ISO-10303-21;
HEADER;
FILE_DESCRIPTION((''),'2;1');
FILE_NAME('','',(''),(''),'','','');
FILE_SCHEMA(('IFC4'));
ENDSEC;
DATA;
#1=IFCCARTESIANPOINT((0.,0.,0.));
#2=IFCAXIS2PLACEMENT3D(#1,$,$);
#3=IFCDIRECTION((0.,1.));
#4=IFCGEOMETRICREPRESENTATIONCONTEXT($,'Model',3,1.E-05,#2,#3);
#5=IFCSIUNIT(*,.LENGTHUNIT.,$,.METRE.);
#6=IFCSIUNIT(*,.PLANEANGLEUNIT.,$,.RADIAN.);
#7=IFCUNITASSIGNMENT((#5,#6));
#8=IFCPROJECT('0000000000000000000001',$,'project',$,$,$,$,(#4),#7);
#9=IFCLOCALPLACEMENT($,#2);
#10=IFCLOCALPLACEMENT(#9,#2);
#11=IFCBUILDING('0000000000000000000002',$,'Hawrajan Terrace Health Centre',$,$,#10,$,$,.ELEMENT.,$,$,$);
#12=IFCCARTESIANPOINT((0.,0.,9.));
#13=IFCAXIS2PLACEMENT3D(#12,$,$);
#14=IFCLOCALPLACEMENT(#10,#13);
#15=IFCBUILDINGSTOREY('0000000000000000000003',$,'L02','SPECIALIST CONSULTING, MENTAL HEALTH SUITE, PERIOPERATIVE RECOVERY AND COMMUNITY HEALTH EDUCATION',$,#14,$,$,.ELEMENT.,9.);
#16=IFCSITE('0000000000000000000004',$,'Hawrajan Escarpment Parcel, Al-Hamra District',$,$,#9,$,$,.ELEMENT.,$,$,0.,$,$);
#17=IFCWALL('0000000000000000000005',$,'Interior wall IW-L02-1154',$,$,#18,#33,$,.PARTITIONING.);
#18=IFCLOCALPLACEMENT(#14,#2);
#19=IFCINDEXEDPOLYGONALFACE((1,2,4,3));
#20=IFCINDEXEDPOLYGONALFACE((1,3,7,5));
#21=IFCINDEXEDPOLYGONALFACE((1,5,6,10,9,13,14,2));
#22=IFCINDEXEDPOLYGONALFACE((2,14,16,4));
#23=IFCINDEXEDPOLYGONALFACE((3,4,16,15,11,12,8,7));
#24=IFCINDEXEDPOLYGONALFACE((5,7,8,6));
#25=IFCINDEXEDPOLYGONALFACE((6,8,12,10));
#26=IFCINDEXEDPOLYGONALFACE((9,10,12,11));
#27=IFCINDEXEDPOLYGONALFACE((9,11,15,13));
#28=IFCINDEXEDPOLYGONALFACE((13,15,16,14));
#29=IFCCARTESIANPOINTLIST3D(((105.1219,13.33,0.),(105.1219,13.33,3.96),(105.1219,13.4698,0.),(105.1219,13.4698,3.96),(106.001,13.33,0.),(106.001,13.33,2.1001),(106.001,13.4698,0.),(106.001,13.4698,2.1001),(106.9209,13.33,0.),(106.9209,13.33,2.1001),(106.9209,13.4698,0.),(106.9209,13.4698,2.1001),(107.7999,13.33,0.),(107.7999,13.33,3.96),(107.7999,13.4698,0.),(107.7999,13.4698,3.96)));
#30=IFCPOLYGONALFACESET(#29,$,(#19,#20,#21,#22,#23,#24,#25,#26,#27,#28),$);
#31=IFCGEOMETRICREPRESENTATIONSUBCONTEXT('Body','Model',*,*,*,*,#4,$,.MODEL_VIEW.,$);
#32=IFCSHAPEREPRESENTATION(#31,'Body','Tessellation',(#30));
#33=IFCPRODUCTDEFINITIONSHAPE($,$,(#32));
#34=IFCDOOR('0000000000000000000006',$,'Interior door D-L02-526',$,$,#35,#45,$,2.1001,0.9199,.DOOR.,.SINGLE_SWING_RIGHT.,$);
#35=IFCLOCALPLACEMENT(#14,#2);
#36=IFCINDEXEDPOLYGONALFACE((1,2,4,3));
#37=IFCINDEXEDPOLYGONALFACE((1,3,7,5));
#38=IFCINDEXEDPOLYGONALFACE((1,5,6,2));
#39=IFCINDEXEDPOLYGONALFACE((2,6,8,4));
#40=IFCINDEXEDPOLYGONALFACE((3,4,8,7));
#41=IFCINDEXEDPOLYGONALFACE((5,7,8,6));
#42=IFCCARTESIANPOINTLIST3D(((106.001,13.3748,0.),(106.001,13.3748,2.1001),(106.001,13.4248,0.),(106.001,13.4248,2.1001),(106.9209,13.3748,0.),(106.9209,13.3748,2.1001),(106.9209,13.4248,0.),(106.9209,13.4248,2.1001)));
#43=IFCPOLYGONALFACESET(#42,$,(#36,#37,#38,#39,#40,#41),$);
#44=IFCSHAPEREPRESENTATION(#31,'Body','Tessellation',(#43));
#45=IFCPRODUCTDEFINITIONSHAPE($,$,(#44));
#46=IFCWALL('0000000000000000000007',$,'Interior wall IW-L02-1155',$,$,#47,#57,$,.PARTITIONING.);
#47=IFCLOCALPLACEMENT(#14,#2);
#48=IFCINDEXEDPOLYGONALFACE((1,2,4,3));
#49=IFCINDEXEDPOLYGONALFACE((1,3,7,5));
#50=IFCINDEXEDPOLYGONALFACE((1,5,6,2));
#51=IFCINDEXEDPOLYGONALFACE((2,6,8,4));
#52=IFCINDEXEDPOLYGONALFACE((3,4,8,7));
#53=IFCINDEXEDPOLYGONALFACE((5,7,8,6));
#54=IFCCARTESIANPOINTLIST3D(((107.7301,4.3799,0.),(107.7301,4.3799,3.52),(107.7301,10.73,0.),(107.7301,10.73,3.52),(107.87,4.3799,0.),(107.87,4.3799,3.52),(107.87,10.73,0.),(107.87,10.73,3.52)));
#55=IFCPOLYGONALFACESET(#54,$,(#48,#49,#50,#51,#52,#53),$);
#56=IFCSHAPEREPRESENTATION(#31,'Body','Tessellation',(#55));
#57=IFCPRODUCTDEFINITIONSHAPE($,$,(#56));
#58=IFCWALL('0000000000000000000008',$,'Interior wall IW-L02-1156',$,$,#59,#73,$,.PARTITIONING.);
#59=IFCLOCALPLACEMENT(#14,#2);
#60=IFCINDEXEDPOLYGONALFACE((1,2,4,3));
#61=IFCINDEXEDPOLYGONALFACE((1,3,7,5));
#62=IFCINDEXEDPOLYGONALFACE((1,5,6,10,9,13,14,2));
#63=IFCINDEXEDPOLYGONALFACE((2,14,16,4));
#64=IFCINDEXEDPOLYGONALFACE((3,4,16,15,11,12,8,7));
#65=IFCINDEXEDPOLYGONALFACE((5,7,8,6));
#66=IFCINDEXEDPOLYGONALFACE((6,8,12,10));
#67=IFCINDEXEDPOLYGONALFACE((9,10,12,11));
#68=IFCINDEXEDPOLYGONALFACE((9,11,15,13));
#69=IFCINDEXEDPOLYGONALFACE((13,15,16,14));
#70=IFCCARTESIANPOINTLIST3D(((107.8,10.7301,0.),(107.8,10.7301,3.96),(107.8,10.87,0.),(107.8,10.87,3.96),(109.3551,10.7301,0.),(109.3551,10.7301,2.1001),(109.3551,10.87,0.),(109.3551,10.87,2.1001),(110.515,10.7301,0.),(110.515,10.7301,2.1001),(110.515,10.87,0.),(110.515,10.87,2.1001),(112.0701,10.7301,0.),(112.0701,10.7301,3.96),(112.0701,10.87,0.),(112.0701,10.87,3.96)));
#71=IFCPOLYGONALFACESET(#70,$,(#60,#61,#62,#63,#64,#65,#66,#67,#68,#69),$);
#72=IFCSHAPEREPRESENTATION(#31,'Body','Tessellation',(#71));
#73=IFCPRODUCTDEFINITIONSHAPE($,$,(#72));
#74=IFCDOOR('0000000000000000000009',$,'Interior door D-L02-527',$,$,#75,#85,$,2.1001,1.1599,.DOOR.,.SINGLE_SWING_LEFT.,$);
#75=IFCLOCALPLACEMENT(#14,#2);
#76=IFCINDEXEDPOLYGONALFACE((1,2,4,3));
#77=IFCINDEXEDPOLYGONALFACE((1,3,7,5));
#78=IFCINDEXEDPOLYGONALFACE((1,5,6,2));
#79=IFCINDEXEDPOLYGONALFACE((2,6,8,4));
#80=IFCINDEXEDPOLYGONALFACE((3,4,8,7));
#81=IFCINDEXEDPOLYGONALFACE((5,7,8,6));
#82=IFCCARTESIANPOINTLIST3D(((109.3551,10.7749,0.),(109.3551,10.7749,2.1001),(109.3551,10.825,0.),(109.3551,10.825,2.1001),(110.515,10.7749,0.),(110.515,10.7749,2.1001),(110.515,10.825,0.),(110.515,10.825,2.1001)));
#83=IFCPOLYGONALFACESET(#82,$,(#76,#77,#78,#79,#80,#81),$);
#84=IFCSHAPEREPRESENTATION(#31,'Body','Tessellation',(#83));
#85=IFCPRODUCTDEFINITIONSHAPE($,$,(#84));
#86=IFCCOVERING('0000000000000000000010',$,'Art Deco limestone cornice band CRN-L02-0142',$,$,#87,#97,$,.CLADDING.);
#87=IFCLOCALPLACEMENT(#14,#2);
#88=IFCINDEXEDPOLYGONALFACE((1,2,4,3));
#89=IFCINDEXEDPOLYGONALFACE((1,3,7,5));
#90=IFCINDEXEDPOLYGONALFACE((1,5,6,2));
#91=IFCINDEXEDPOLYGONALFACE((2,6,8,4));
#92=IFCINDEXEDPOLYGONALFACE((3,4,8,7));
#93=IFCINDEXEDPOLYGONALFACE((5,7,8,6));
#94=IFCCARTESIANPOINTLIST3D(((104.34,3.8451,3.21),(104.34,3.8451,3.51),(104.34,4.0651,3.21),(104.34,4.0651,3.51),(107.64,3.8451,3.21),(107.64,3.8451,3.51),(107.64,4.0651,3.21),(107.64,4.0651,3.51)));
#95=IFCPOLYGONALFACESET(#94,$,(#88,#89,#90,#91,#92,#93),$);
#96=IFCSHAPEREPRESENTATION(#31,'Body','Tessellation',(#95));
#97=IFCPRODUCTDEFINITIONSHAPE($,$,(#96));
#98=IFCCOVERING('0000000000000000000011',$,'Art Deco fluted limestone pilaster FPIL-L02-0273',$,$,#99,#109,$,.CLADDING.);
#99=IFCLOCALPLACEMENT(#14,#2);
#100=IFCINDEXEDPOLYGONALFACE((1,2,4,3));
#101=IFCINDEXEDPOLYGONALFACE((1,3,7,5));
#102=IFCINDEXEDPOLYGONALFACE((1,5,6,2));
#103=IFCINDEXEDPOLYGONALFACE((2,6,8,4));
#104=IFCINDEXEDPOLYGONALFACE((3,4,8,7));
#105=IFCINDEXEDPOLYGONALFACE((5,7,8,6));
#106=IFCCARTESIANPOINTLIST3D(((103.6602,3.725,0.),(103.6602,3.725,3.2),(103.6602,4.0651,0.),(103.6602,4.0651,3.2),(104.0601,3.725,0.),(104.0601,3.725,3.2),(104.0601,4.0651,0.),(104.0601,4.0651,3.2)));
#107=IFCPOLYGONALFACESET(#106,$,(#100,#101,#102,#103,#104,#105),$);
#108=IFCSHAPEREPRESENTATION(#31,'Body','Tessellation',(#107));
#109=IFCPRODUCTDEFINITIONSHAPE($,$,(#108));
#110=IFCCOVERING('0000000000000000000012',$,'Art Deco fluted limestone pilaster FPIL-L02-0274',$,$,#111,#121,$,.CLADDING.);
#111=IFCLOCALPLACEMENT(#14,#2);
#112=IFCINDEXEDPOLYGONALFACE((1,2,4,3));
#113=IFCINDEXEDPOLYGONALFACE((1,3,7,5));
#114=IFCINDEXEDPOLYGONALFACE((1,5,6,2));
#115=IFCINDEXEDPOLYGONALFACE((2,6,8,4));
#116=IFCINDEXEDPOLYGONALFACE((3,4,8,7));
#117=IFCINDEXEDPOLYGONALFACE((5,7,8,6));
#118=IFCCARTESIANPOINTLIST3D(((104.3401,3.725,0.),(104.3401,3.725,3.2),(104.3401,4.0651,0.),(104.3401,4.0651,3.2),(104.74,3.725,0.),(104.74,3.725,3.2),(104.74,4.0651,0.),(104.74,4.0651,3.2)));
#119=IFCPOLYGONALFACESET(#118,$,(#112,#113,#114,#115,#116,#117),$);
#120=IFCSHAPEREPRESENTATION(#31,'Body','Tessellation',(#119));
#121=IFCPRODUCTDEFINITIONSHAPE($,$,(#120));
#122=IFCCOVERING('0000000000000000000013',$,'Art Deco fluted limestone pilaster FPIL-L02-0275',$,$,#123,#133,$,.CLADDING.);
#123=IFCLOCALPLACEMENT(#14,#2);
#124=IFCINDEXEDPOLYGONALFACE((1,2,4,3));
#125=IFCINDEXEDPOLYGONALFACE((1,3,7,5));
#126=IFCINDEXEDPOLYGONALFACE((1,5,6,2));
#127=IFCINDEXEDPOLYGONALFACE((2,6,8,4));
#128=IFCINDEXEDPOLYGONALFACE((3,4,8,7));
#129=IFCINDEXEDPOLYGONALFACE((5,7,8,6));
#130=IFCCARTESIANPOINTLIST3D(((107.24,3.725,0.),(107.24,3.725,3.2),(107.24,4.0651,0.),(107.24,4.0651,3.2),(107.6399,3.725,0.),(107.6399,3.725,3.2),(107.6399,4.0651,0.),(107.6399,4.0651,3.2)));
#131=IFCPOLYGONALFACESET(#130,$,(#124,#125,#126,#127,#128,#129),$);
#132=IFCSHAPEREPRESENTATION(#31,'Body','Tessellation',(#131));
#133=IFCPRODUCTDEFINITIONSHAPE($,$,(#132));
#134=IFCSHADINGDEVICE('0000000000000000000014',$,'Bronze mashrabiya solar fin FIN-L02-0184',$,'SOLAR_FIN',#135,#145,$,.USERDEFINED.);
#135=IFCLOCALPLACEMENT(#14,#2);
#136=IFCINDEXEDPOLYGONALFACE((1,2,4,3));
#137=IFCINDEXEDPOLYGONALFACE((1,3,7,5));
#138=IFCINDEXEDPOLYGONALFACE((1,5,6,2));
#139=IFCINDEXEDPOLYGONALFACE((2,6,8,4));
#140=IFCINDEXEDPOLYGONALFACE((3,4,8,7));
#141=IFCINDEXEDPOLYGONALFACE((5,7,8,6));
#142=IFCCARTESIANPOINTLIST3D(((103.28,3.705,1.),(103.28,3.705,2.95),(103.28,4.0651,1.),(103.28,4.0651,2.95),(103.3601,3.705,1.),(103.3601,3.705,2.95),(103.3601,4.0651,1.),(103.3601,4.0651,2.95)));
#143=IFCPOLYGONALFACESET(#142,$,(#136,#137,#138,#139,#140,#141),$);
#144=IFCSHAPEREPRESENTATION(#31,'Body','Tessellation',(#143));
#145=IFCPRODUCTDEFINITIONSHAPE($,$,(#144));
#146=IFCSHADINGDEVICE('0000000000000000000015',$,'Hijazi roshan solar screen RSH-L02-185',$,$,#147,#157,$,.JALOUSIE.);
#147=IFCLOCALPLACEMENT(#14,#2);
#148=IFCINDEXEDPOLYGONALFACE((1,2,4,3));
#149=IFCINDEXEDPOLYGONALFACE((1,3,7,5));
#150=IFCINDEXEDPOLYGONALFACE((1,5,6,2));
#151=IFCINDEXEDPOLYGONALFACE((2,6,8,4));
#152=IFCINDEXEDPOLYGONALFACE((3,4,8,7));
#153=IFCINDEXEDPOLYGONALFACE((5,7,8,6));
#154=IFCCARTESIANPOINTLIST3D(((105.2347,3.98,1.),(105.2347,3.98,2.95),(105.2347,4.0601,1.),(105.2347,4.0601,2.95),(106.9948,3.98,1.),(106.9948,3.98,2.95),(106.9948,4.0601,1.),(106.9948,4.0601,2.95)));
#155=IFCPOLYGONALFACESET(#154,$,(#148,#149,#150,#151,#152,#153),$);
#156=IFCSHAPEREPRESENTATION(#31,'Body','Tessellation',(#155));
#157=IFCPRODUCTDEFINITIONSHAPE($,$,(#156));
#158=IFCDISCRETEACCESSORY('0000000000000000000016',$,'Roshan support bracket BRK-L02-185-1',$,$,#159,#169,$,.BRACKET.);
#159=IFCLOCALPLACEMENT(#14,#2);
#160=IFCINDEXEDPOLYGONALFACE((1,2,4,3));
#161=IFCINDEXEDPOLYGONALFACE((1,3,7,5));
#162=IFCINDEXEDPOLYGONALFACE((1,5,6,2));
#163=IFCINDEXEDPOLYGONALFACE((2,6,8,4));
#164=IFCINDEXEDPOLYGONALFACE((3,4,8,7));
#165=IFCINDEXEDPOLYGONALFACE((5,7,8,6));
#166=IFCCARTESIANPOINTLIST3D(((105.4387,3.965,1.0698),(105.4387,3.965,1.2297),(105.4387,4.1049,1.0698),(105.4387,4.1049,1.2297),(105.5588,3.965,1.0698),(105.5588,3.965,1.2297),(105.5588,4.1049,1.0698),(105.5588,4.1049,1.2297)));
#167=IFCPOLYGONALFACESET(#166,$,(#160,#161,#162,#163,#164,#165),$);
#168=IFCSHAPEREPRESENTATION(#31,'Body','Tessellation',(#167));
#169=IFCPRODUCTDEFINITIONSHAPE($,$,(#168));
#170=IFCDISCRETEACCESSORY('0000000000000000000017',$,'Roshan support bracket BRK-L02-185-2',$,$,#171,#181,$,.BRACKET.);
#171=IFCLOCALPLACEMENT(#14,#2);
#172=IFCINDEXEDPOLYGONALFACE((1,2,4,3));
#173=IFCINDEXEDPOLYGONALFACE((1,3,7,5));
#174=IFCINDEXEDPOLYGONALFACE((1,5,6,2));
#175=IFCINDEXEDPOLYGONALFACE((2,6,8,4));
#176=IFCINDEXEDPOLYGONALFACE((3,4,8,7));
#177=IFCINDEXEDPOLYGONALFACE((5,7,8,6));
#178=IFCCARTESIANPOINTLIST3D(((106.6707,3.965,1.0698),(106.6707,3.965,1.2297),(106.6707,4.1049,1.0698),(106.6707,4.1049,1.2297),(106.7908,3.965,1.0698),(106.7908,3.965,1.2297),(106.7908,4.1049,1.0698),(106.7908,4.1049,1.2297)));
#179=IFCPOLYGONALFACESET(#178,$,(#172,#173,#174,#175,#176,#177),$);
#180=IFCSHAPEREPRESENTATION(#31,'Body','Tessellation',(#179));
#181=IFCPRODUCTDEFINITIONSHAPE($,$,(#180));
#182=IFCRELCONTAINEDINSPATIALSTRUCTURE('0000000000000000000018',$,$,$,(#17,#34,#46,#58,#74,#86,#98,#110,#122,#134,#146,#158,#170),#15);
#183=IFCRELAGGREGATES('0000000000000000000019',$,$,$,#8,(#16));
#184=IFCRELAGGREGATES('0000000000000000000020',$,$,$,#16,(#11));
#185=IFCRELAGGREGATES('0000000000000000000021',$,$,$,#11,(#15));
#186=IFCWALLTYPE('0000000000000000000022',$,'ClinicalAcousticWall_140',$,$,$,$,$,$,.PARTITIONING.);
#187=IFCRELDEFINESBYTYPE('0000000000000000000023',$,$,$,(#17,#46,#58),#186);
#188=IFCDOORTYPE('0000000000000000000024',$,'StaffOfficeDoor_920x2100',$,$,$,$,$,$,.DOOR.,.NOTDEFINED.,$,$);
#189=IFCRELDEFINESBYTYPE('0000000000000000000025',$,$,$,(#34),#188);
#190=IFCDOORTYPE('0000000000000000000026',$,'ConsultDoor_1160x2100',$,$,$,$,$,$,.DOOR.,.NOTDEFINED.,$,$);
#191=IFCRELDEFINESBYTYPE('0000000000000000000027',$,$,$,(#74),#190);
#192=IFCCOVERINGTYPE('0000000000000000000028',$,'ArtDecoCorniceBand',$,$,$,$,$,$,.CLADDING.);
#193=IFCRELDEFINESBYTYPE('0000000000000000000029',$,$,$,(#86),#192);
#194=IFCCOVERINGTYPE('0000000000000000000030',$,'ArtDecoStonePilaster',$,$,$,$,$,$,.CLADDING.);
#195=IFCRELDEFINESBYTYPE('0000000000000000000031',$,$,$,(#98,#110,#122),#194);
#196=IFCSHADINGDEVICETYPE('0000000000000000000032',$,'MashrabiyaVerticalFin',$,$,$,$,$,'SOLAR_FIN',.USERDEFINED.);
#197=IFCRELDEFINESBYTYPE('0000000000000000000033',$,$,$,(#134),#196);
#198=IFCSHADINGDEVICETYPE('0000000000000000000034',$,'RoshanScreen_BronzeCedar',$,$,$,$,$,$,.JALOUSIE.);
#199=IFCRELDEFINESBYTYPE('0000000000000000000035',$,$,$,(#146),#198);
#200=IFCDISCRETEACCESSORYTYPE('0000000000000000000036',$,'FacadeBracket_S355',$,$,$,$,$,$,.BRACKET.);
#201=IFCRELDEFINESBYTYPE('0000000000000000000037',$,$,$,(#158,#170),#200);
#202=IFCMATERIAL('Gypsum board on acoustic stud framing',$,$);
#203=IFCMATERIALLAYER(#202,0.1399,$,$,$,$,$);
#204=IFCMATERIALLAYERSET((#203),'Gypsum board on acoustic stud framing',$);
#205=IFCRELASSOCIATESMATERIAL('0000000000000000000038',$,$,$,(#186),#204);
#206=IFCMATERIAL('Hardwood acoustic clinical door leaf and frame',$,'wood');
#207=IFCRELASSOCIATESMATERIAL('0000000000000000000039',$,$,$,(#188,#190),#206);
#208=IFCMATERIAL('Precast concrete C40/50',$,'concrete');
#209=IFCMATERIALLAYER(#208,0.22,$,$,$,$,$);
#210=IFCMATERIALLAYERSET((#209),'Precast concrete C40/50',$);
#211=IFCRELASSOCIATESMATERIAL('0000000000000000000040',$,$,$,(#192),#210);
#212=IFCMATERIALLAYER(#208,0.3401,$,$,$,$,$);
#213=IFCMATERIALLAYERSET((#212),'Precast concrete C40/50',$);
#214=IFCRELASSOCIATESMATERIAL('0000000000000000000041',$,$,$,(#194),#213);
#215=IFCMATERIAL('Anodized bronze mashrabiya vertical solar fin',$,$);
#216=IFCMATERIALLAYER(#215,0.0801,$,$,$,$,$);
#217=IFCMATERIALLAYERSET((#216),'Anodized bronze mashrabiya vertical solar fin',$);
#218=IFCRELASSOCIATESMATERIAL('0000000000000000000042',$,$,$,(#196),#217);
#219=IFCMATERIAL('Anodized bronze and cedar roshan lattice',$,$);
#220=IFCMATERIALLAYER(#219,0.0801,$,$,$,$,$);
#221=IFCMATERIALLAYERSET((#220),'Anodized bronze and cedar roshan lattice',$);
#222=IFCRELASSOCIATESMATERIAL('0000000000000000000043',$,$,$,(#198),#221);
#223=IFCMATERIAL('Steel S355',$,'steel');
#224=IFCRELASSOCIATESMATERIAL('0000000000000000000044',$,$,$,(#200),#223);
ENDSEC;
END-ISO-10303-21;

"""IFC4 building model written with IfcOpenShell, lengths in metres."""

from ifc_helpers import new_model, si_unit, direction, frame, frame_2d, origin, origin_2d, place, context, subcontext, project, spatial, rectangle, extrude, material, layer, layer_set, type_object, element, fill, save


model = new_model("IFC4")

# Units and contexts
model_context = context("Model", 3, precision=1e-05, world=origin(), true_north=direction((0.0, 1.0)))
body_context = subcontext(model_context, "Body", "Model", "MODEL_VIEW")
ifc_project = project(units=[si_unit("LENGTHUNIT", "METRE"), si_unit("PLANEANGLEUNIT", "RADIAN")], contexts=[model_context])

# Site, building, storey
site_placement = place(None, origin())
site = spatial("IfcSite", under=ifc_project, at=site_placement, Name="Hawrajan Escarpment Parcel, Al-Hamra District", CompositionType="ELEMENT", RefElevation=0.0)
building_placement = place(site_placement, origin())
building = spatial("IfcBuilding", under=site, at=building_placement, Name="Hawrajan Terrace Health Centre", CompositionType="ELEMENT")
storey_placement = place(building_placement, frame((0.0, 0.0, 9.0)))
storey = spatial("IfcBuildingStorey", under=building, at=storey_placement, Name="L02", Description="SPECIALIST CONSULTING, MENTAL HEALTH SUITE, PERIOPERATIVE RECOVERY AND COMMUNITY HEALTH EDUCATION", CompositionType="ELEMENT", Elevation=9.0)

# Shared definitions
ifc_material_1 = material(Name="Precast concrete C40/50", Category="concrete")

# Shared definitions
ifc_material_2 = material(Name="Gypsum board on acoustic stud framing")
ifc_layer_1 = layer(ifc_material_2, 0.1399)
ifc_layer_set_1 = layer_set([ifc_layer_1], Name="Gypsum board on acoustic stud framing")
wall_type_1 = type_object("IfcWallType", Name="ClinicalAcousticWall_140", PredefinedType="PARTITIONING", material=ifc_layer_set_1)

# Shared definitions
ifc_material_3 = material(Name="Hardwood acoustic clinical door leaf and frame", Category="wood")

# Wall, opening, door
wall_1_placement = place(storey_placement, frame((105.1221, 13.3999, 0.0), z_axis=(0.0, 0.0, 1.0), x_axis=(1.0, 0.0, 0.0)))
wall_1 = element("IfcWall", 1, at=wall_1_placement, inside=storey, type_object=wall_type_1, Name="Interior wall IW-L02-1154", PredefinedType="PARTITIONING", context=body_context, shape_type="SweptSolid", body=[
    extrude(rectangle(XDim=2.678, YDim=0.1399, at=frame_2d((1.3389, 0.0))), origin(), (0.0, 0.0, 1.0), 3.96),
])
opening_1_placement = place(wall_1_placement, frame((0.8789, 0.0, 0.0)))
opening_1 = element("IfcOpeningElement", 2, at=opening_1_placement, cuts=wall_1, PredefinedType="OPENING", context=body_context, shape_type="SweptSolid", body=[
    extrude(rectangle(XDim=0.9199, YDim=2.1001, at=frame_2d((0.46, 1.05))), frame((0.0, 0.0798, 0.0), z_axis=(0.0, -1.0, 0.0), x_axis=(1.0, 0.0, 0.0)), (0.0, 0.0, 1.0), 0.1599),
])
door_type_1 = type_object("IfcDoorType", Name="StaffOfficeDoor_920x2100", OperationType="NOTDEFINED", PredefinedType="DOOR", material=ifc_material_3)
door_1_placement = place(opening_1_placement, origin())
door_1 = element("IfcDoor", 3, at=door_1_placement, inside=storey, type_object=door_type_1, Name="Interior door D-L02-526", OperationType="SINGLE_SWING_RIGHT", OverallHeight=2.1001, OverallWidth=0.9199, PredefinedType="DOOR", context=body_context, shape_type="SweptSolid", body=[
    extrude(rectangle(XDim=0.9199, YDim=2.1001, at=frame_2d((0.46, 1.05))), frame((0.0, 0.0249, 0.0), z_axis=(0.0, -1.0, 0.0), x_axis=(1.0, 0.0, 0.0)), (0.0, 0.0, 1.0), 0.05),
])
fill(opening_1, door_1)

# Wall
wall_2_placement = place(storey_placement, frame((107.8, 4.3799, 0.0), z_axis=(0.0, 0.0, 1.0), x_axis=(0.0, 1.0, 0.0)))
element("IfcWall", 4, at=wall_2_placement, inside=storey, type_object=wall_type_1, Name="Interior wall IW-L02-1155", PredefinedType="PARTITIONING", context=body_context, shape_type="SweptSolid", body=[
    extrude(rectangle(XDim=6.3501, YDim=0.1399, at=frame_2d((3.175, 0.0))), origin(), (0.0, 0.0, 1.0), 3.52),
])

# Wall, opening, door
wall_3_placement = place(storey_placement, frame((107.8, 10.8, 0.0), z_axis=(0.0, 0.0, 1.0), x_axis=(1.0, 0.0, 0.0)))
wall_3 = element("IfcWall", 5, at=wall_3_placement, inside=storey, type_object=wall_type_1, Name="Interior wall IW-L02-1156", PredefinedType="PARTITIONING", context=body_context, shape_type="SweptSolid", body=[
    extrude(rectangle(XDim=4.27, YDim=0.1399, at=frame_2d((2.135, 0.0))), origin(), (0.0, 0.0, 1.0), 3.96),
])
opening_2_placement = place(wall_3_placement, frame((1.5549, 0.0, 0.0)))
opening_2 = element("IfcOpeningElement", 6, at=opening_2_placement, cuts=wall_3, PredefinedType="OPENING", context=body_context, shape_type="SweptSolid", body=[
    extrude(rectangle(XDim=1.1599, YDim=2.1001, at=frame_2d((0.5801, 1.05))), frame((0.0, 0.0798, 0.0), z_axis=(0.0, -1.0, 0.0), x_axis=(1.0, 0.0, 0.0)), (0.0, 0.0, 1.0), 0.1599),
])
door_type_2 = type_object("IfcDoorType", Name="ConsultDoor_1160x2100", OperationType="NOTDEFINED", PredefinedType="DOOR", material=ifc_material_3)
door_2_placement = place(opening_2_placement, origin())
door_2 = element("IfcDoor", 7, at=door_2_placement, inside=storey, type_object=door_type_2, Name="Interior door D-L02-527", OperationType="SINGLE_SWING_LEFT", OverallHeight=2.1001, OverallWidth=1.1599, PredefinedType="DOOR", context=body_context, shape_type="SweptSolid", body=[
    extrude(rectangle(XDim=1.1599, YDim=2.1001, at=frame_2d((0.5801, 1.05))), frame((0.0, 0.0249, 0.0), z_axis=(0.0, -1.0, 0.0), x_axis=(1.0, 0.0, 0.0)), (0.0, 0.0, 1.0), 0.05),
])
fill(opening_2, door_2)

# Coverings
ifc_layer_2 = layer(ifc_material_1, 0.22)
ifc_layer_set_2 = layer_set([ifc_layer_2], Name="Precast concrete C40/50")
covering_type_1 = type_object("IfcCoveringType", Name="ArtDecoCorniceBand", PredefinedType="CLADDING", material=ifc_layer_set_2)
covering_placement = place(storey_placement, frame((105.99, 3.9551, 3.21), z_axis=(0.0, 0.0, 1.0), x_axis=(1.0, 0.0, 0.0)))
element("IfcCovering", 8, at=covering_placement, inside=storey, type_object=covering_type_1, Name="Art Deco limestone cornice band CRN-L02-0142", PredefinedType="CLADDING", context=body_context, shape_type="SweptSolid", body=[
    extrude(rectangle(XDim=3.3, YDim=0.22, at=origin_2d()), origin(), (0.0, 0.0, 1.0), 0.3),
])
ifc_layer_3 = layer(ifc_material_1, 0.3401)
ifc_layer_set_3 = layer_set([ifc_layer_3], Name="Precast concrete C40/50")
covering_type_2 = type_object("IfcCoveringType", Name="ArtDecoStonePilaster", PredefinedType="CLADDING", material=ifc_layer_set_3)
for number, where, z_axis, x_axis, name in (
    (9, (103.8601, 3.895, 0.0), (0.0, 0.0, 1.0), (1.0, 0.0, 0.0), "Art Deco fluted limestone pilaster FPIL-L02-0273"),
    (10, (104.54, 3.895, 0.0), (0.0, 0.0, 1.0), (1.0, 0.0, 0.0), "Art Deco fluted limestone pilaster FPIL-L02-0274"),
    (11, (107.4399, 3.895, 0.0), (0.0, 0.0, 1.0), (1.0, 0.0, 0.0), "Art Deco fluted limestone pilaster FPIL-L02-0275"),
):
    element("IfcCovering", number, at=place(storey_placement, frame(where, z_axis=z_axis, x_axis=x_axis)), inside=storey, type_object=covering_type_2, Name=name, PredefinedType="CLADDING", context=body_context, shape_type="SweptSolid", body=[
        extrude(rectangle(XDim=0.3999, YDim=0.3401, at=origin_2d()), origin(), (0.0, 0.0, 1.0), 3.2),
    ])

# Shading devices
ifc_material_4 = material(Name="Anodized bronze mashrabiya vertical solar fin")
ifc_layer_4 = layer(ifc_material_4, 0.0801)
ifc_layer_set_4 = layer_set([ifc_layer_4], Name="Anodized bronze mashrabiya vertical solar fin")
shading_device_type_1 = type_object("IfcShadingDeviceType", Name="MashrabiyaVerticalFin", ElementType="SOLAR_FIN", PredefinedType="USERDEFINED", material=ifc_layer_set_4)
shading_device_1_placement = place(storey_placement, frame((103.3201, 3.885, 1.0), z_axis=(0.0, 0.0, 1.0), x_axis=(1.0, 0.0, 0.0)))
element("IfcShadingDevice", 12, at=shading_device_1_placement, inside=storey, type_object=shading_device_type_1, Name="Bronze mashrabiya solar fin FIN-L02-0184", ObjectType="SOLAR_FIN", PredefinedType="USERDEFINED", context=body_context, shape_type="SweptSolid", body=[
    extrude(rectangle(XDim=0.0801, YDim=0.3601, at=origin_2d()), origin(), (0.0, 0.0, 1.0), 1.95),
])
ifc_material_5 = material(Name="Anodized bronze and cedar roshan lattice")
ifc_layer_5 = layer(ifc_material_5, 0.0801)
ifc_layer_set_5 = layer_set([ifc_layer_5], Name="Anodized bronze and cedar roshan lattice")
shading_device_type_2 = type_object("IfcShadingDeviceType", Name="RoshanScreen_BronzeCedar", PredefinedType="JALOUSIE", material=ifc_layer_set_5)
shading_device_2_placement = place(storey_placement, frame((106.1147, 4.02, 1.0), z_axis=(0.0, 0.0, 1.0), x_axis=(1.0, 0.0, 0.0)))
element("IfcShadingDevice", 13, at=shading_device_2_placement, inside=storey, type_object=shading_device_type_2, Name="Hijazi roshan solar screen RSH-L02-185", PredefinedType="JALOUSIE", context=body_context, shape_type="SweptSolid", body=[
    extrude(rectangle(XDim=1.76, YDim=0.0801, at=origin_2d()), origin(), (0.0, 0.0, 1.0), 1.95),
])

# Discrete accessories
ifc_material_6 = material(Name="Steel S355", Category="steel")
discrete_accessory_type = type_object("IfcDiscreteAccessoryType", Name="FacadeBracket_S355", PredefinedType="BRACKET", material=ifc_material_6)
for number, where, z_axis, x_axis, name in (
    (14, (105.4988, 4.0349, 1.0698), (0.0, 0.0, 1.0), (1.0, 0.0, 0.0), "Roshan support bracket BRK-L02-185-1"),
    (15, (106.7307, 4.0349, 1.0698), (0.0, 0.0, 1.0), (1.0, 0.0, 0.0), "Roshan support bracket BRK-L02-185-2"),
):
    element("IfcDiscreteAccessory", number, at=place(storey_placement, frame(where, z_axis=z_axis, x_axis=x_axis)), inside=storey, type_object=discrete_accessory_type, Name=name, PredefinedType="BRACKET", context=body_context, shape_type="SweptSolid", body=[
        extrude(rectangle(XDim=0.1201, YDim=0.1399, at=origin_2d()), origin(), (0.0, 0.0, 1.0), 0.1599),
    ])

save(model, "model.ifc")
